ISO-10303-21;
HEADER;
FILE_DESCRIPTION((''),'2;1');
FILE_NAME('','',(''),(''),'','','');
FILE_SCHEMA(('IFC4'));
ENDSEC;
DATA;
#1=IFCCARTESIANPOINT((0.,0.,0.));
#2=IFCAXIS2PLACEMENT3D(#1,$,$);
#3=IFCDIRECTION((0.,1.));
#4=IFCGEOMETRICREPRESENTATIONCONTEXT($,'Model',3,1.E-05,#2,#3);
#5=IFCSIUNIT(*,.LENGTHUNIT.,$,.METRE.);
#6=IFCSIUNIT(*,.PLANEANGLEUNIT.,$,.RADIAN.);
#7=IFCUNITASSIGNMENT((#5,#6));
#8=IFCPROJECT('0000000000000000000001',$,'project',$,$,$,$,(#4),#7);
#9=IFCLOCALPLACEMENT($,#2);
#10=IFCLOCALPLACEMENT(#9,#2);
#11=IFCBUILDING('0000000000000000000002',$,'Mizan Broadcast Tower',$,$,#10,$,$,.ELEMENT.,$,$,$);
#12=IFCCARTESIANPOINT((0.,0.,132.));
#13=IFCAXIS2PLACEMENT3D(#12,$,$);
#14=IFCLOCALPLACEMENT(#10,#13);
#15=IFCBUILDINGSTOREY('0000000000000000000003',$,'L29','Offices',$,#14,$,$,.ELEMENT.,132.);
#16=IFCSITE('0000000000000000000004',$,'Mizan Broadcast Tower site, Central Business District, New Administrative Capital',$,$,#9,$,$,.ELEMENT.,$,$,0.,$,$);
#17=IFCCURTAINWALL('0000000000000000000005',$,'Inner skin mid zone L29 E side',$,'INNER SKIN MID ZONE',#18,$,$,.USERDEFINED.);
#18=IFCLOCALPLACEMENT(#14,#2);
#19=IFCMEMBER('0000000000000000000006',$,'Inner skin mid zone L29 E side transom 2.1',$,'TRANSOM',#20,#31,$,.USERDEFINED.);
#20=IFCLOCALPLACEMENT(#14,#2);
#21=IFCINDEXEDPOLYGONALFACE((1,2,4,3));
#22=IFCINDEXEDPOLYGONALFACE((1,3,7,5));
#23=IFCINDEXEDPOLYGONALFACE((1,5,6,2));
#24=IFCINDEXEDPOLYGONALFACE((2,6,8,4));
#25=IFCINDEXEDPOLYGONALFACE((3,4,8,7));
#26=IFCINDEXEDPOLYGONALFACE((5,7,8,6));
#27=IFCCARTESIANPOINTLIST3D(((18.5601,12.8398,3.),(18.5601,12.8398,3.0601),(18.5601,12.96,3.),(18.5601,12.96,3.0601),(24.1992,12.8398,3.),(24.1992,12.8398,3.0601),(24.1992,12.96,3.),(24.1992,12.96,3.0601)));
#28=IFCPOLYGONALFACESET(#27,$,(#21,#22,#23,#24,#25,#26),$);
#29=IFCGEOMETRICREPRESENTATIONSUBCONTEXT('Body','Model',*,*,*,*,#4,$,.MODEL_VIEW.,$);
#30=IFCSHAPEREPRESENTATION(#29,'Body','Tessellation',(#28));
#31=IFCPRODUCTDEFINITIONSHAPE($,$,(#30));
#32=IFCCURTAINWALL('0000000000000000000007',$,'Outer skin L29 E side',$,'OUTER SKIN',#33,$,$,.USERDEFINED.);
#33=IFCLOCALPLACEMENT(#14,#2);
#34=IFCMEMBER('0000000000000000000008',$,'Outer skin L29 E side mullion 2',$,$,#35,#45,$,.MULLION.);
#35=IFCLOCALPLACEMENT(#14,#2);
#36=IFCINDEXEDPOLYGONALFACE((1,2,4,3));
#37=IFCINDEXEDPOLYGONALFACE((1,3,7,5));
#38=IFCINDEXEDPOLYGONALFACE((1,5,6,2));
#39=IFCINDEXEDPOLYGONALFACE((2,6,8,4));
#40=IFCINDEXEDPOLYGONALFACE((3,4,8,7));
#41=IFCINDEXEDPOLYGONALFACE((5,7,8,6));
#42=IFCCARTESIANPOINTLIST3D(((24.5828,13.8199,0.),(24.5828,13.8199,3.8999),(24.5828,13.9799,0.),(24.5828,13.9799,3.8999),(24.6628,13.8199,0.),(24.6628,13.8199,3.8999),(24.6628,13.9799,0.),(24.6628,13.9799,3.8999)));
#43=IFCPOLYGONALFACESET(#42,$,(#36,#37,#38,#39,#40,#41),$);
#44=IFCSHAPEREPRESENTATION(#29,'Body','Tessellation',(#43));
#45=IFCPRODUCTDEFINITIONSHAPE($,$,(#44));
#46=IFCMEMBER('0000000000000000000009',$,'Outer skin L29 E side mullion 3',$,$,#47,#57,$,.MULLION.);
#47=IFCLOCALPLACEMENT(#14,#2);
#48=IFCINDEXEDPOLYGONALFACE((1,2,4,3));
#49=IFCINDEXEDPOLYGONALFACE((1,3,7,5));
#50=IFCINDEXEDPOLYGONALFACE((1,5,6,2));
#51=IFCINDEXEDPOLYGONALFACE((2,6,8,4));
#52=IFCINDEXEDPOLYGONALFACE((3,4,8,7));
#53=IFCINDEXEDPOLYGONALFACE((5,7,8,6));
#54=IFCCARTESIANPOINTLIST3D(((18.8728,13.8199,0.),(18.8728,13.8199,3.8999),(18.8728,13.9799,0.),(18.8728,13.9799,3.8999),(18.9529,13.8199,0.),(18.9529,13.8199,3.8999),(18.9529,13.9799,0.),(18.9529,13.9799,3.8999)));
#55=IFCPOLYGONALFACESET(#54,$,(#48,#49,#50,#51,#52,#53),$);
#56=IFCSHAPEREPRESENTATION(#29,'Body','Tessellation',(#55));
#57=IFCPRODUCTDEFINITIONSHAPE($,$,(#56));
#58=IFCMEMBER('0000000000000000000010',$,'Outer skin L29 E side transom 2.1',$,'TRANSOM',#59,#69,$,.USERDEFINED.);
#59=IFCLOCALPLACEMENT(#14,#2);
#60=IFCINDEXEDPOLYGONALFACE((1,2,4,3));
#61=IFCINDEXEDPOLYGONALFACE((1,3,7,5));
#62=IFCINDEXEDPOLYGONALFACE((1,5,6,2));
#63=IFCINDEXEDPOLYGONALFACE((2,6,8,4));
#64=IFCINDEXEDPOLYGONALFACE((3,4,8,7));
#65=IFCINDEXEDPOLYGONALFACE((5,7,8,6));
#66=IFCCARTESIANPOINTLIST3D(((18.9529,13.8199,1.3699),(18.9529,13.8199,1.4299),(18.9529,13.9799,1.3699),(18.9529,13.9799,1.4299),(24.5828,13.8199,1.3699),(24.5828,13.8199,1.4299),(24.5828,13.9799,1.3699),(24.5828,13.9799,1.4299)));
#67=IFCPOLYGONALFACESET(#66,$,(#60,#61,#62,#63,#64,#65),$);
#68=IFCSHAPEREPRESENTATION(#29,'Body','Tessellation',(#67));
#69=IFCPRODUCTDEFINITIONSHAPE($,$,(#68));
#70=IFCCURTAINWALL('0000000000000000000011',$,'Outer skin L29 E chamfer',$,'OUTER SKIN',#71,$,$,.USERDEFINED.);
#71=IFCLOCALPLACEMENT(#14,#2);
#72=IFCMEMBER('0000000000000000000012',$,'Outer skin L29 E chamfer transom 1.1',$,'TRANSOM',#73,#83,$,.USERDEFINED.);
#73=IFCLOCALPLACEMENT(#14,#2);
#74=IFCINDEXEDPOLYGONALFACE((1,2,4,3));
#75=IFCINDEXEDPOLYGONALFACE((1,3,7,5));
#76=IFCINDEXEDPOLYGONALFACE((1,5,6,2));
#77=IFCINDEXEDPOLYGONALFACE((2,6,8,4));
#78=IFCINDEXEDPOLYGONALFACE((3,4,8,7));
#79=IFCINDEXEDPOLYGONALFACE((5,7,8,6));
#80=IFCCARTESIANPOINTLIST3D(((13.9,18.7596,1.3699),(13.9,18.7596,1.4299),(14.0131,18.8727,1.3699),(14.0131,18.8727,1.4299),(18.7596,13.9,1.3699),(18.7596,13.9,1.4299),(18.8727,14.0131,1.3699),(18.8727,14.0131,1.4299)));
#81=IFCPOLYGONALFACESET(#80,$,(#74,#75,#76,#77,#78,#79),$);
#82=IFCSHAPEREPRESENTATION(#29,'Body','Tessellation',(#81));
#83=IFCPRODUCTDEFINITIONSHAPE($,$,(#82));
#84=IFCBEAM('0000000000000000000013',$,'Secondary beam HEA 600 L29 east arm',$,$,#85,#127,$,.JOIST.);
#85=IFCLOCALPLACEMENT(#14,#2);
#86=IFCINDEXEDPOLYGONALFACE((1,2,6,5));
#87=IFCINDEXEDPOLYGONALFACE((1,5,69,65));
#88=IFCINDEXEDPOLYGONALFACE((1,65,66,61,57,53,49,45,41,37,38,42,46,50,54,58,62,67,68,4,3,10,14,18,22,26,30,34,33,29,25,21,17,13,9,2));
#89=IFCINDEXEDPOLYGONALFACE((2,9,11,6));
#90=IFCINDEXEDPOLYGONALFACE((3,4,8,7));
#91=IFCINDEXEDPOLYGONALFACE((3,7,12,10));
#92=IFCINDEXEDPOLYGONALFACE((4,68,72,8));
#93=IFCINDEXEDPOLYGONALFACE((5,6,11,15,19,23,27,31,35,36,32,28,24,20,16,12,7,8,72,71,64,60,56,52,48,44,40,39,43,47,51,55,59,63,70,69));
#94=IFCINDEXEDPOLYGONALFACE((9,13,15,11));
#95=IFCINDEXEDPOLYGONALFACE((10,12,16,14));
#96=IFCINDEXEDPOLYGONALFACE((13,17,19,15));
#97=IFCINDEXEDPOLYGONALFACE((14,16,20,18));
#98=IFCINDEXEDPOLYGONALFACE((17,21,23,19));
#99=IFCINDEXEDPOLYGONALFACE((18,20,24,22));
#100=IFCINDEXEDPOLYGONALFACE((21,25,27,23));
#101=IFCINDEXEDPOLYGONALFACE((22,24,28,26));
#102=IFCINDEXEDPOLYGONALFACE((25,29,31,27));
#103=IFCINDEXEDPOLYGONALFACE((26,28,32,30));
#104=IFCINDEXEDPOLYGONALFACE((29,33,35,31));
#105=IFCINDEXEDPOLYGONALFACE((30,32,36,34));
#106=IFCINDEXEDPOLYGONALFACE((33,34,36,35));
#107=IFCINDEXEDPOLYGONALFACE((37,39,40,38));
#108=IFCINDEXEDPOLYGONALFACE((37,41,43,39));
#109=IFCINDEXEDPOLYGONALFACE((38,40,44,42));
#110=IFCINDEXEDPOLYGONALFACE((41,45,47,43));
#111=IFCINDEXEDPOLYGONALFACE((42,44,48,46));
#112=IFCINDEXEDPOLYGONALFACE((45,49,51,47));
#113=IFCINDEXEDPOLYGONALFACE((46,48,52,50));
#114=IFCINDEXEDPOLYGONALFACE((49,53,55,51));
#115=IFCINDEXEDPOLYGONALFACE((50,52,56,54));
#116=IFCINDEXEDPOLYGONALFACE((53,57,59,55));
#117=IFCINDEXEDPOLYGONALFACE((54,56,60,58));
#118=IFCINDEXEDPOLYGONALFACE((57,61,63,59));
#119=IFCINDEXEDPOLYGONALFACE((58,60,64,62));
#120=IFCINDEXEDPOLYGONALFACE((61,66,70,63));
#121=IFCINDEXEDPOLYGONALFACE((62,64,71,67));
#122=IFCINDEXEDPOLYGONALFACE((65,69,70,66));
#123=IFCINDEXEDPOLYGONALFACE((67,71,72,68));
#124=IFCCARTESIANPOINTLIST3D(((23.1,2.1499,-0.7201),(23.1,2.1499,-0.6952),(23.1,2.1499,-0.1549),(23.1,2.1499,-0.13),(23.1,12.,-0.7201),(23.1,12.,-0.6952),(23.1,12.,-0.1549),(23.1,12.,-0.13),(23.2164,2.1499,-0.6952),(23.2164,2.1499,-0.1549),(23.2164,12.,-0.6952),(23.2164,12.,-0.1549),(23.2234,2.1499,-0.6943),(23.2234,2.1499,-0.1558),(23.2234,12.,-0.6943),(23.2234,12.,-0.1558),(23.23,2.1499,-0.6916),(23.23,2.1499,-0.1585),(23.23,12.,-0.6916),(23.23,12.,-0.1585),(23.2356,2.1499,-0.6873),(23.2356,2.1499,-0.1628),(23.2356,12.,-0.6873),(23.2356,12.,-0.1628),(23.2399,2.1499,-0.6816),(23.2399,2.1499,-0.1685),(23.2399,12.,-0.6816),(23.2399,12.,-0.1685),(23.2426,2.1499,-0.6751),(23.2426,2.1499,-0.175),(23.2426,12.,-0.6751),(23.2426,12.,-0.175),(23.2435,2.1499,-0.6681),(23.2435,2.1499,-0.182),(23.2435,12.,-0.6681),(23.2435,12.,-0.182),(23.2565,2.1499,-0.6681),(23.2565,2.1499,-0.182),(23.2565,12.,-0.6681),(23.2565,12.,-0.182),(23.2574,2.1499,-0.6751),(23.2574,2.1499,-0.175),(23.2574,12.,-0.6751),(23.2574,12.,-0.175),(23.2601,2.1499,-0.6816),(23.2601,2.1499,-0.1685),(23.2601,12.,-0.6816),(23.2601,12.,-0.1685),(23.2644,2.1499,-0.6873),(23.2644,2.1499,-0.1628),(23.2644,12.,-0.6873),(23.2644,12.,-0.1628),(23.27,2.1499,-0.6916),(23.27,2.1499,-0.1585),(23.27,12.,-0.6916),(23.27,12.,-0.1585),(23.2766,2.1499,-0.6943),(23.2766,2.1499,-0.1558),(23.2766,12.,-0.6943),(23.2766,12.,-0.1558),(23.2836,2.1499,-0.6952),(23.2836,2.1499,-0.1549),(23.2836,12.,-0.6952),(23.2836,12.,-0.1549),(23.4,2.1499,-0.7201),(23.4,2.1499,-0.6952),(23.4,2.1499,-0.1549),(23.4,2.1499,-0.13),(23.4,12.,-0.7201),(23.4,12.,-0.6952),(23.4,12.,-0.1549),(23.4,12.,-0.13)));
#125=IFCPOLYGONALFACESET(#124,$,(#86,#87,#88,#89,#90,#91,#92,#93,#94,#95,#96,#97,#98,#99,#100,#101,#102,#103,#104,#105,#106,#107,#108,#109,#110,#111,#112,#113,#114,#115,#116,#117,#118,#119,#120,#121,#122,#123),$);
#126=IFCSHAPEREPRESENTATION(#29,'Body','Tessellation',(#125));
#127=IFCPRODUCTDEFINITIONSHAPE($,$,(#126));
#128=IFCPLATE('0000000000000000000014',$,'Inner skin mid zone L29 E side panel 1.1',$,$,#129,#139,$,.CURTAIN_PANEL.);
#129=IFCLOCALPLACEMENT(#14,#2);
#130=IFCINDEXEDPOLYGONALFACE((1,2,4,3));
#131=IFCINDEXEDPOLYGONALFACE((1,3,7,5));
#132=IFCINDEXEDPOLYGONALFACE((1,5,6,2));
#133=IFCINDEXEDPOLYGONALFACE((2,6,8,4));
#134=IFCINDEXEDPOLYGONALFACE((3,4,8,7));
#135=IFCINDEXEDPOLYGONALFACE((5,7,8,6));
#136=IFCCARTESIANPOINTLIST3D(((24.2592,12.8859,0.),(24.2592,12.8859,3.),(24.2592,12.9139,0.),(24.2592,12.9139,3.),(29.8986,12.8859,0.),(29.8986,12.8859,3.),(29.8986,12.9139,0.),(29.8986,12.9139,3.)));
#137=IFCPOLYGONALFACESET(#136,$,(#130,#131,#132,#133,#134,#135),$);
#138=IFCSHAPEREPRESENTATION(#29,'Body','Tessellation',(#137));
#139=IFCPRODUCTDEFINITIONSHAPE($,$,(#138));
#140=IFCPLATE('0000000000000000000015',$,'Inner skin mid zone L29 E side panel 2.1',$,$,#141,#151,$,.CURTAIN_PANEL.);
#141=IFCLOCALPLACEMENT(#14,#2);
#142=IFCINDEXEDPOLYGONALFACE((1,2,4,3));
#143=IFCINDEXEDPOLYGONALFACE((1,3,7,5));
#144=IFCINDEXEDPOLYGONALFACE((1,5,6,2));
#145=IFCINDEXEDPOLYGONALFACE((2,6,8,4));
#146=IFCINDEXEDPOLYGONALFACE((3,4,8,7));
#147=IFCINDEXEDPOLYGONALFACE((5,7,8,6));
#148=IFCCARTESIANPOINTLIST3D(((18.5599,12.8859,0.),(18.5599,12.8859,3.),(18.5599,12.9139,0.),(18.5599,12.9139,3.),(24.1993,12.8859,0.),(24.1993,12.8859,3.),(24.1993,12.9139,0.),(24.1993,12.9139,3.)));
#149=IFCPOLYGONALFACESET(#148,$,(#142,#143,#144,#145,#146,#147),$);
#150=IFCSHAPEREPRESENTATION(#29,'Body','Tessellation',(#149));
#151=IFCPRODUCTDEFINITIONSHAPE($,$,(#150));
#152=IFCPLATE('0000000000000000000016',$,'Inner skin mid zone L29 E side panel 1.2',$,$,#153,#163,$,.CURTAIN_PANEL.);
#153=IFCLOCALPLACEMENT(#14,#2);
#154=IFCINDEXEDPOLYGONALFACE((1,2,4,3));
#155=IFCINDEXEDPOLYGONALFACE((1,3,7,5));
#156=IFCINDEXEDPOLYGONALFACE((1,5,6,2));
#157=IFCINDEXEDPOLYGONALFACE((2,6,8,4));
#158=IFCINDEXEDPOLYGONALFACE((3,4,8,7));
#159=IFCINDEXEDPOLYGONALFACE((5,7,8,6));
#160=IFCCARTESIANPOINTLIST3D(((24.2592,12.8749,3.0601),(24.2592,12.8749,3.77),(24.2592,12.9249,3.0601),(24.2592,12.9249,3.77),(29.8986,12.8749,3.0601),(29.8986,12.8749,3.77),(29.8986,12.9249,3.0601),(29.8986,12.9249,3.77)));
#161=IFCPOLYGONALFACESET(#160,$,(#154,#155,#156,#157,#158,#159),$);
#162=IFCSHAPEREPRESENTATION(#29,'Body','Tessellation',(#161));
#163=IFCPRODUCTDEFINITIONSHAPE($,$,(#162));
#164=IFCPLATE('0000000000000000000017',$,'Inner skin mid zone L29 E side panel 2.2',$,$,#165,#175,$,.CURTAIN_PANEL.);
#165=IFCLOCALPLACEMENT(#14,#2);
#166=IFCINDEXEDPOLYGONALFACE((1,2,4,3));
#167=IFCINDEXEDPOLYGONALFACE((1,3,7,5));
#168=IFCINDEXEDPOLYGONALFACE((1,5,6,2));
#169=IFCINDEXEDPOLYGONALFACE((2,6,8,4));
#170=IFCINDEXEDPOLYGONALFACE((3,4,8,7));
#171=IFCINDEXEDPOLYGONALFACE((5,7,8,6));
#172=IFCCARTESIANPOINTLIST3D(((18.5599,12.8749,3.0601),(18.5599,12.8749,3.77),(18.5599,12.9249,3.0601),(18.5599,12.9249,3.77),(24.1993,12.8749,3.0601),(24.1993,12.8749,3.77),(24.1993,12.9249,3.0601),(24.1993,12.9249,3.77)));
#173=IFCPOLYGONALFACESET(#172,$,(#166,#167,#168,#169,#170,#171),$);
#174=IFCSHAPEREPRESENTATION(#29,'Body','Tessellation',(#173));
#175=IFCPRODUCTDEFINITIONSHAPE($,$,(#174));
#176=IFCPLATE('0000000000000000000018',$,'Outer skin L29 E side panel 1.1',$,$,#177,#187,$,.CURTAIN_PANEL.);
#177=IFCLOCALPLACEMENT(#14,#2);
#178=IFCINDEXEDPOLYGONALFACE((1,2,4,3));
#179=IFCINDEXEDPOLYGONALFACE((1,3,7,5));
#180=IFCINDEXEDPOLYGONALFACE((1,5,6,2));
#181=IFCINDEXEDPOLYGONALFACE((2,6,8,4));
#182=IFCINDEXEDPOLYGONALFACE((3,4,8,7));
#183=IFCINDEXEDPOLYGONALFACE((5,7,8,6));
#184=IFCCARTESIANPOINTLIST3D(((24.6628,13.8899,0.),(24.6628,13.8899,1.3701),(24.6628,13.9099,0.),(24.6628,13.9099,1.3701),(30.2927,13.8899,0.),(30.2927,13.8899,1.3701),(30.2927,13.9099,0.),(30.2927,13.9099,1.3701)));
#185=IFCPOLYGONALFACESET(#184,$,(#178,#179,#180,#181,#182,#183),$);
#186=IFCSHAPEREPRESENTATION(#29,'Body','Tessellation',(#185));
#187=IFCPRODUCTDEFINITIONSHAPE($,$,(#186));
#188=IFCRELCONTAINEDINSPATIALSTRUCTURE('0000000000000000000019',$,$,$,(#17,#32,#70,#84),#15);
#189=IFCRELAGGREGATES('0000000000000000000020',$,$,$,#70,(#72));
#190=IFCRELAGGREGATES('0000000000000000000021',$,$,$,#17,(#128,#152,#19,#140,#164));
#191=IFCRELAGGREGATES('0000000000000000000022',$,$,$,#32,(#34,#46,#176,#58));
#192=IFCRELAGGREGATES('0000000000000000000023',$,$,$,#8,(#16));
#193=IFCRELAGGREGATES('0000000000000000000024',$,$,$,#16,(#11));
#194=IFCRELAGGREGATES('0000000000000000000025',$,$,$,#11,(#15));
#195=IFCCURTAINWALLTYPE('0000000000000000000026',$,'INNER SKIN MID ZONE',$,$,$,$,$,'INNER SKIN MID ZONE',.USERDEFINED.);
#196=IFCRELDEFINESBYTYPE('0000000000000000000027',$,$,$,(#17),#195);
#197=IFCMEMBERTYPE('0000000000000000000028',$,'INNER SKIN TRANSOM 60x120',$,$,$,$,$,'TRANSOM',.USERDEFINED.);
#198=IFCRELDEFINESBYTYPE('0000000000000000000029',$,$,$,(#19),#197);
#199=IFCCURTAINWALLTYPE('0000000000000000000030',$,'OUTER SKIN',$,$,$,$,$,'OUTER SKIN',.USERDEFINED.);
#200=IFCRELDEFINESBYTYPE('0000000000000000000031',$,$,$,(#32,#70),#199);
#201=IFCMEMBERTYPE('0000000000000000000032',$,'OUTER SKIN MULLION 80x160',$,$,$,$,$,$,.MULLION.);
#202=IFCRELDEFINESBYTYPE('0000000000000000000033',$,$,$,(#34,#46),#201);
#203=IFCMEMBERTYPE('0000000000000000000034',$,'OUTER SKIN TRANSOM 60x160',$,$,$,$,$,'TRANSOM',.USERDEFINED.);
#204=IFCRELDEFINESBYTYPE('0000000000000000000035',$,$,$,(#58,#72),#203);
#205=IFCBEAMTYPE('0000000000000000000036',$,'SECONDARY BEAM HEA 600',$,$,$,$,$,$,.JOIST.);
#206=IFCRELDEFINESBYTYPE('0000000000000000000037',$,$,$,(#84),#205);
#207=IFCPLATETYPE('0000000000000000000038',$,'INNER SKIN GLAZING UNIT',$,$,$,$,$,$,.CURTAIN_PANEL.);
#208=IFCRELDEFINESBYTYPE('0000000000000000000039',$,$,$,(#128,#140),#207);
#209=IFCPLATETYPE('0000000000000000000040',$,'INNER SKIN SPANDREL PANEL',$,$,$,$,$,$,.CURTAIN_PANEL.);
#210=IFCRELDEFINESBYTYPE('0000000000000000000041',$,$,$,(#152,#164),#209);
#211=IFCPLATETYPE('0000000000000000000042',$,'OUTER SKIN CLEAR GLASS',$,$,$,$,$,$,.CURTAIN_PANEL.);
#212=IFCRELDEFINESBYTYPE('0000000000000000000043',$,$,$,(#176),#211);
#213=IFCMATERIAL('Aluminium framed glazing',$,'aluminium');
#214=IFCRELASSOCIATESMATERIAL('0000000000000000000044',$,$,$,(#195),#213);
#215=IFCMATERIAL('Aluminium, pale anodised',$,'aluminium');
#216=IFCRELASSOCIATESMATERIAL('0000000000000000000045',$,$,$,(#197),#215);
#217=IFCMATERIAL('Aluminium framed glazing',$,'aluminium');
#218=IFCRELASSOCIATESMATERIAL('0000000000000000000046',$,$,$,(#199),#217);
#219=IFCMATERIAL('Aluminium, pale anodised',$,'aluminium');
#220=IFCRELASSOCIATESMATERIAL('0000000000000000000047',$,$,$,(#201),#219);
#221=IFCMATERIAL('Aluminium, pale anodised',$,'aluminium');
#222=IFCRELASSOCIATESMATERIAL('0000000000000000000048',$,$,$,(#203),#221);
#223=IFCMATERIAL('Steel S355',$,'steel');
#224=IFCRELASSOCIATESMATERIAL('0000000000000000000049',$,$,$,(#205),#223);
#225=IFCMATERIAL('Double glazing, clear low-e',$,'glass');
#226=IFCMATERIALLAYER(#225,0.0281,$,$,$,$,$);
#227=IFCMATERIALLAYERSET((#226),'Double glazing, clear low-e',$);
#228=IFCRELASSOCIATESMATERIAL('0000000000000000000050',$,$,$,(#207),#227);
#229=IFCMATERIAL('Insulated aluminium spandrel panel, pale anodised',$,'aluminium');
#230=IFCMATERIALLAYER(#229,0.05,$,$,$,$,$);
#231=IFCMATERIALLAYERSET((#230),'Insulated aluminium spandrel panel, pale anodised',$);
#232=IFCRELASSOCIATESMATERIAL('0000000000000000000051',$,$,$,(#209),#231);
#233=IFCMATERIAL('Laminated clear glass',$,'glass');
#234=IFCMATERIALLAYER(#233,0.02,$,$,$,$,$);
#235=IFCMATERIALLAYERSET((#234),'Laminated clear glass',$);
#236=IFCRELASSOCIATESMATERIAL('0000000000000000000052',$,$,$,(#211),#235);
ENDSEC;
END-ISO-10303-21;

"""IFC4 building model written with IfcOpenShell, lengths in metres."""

from ifc_helpers import new_model, si_unit, direction, frame, origin, origin_2d, place, context, subcontext, project, spatial, rectangle, i_section, extrude, material, layer, layer_set, material_profile, profile_set, type_object, element, aggregate, save


model = new_model("IFC4")

# Units and contexts
model_context = context("Model", 3, precision=1e-05, world=origin(), true_north=direction((0.0, 1.0)))
body_context = subcontext(model_context, "Body", "Model", "MODEL_VIEW")
ifc_project = project(units=[si_unit("LENGTHUNIT", "METRE"), si_unit("PLANEANGLEUNIT", "RADIAN")], contexts=[model_context])

# Site, building, storey
site_placement = place(None, origin())
site = spatial("IfcSite", under=ifc_project, at=site_placement, Name="Mizan Broadcast Tower site, Central Business District, New Administrative Capital", CompositionType="ELEMENT", RefElevation=0.0)
building_placement = place(site_placement, origin())
building = spatial("IfcBuilding", under=site, at=building_placement, Name="Mizan Broadcast Tower", CompositionType="ELEMENT")
storey_placement = place(building_placement, frame((0.0, 0.0, 132.0)))
storey = spatial("IfcBuildingStorey", under=building, at=storey_placement, Name="L29", Description="Offices", CompositionType="ELEMENT", Elevation=132.0)

# Curtain walls, members
ifc_material_1 = material(Name="Aluminium framed glazing", Category="aluminium")
curtain_wall_type_1 = type_object("IfcCurtainWallType", Name="INNER SKIN MID ZONE", ElementType="INNER SKIN MID ZONE", PredefinedType="USERDEFINED", material=ifc_material_1)
curtain_wall_1_placement = place(storey_placement, origin())
curtain_wall_1 = element("IfcCurtainWall", 1, at=curtain_wall_1_placement, inside=storey, type_object=curtain_wall_type_1, Name="Inner skin mid zone L29 E side", ObjectType="INNER SKIN MID ZONE", PredefinedType="USERDEFINED")
ifc_material_2 = material(Name="Aluminium, pale anodised", Category="aluminium")
ifc_material_profile_1 = material_profile(ifc_material_2, rectangle(XDim=0.1201, YDim=0.0601, at=origin_2d()), Name="TRANSOM 120x60")
ifc_profile_set_1 = profile_set([ifc_material_profile_1], Name="Aluminium, pale anodised")
member_type_1 = type_object("IfcMemberType", Name="INNER SKIN TRANSOM 60x120", ElementType="TRANSOM", PredefinedType="USERDEFINED", material=ifc_profile_set_1)
member_1_placement = place(storey_placement, frame((24.1992, 12.8999, 3.03), z_axis=(-1.0, 0.0, 0.0), x_axis=(0.0, -1.0, 0.0)))
member_1 = element("IfcMember", 2, at=member_1_placement, type_object=member_type_1, Name="Inner skin mid zone L29 E side transom 2.1", ObjectType="TRANSOM", PredefinedType="USERDEFINED", context=body_context, shape_type="SweptSolid", body=[
    extrude(rectangle(XDim=0.1201, YDim=0.0601, at=origin_2d()), origin(), (0.0, 0.0, 1.0), 5.6392),
])
ifc_material_3 = material(Name="Aluminium framed glazing", Category="aluminium")
curtain_wall_type_2 = type_object("IfcCurtainWallType", Name="OUTER SKIN", ElementType="OUTER SKIN", PredefinedType="USERDEFINED", material=ifc_material_3)
curtain_wall_2_placement = place(storey_placement, origin())
curtain_wall_2 = element("IfcCurtainWall", 3, at=curtain_wall_2_placement, inside=storey, type_object=curtain_wall_type_2, Name="Outer skin L29 E side", ObjectType="OUTER SKIN", PredefinedType="USERDEFINED")
ifc_material_4 = material(Name="Aluminium, pale anodised", Category="aluminium")
ifc_material_profile_2 = material_profile(ifc_material_4, rectangle(XDim=0.1599, YDim=0.0801, at=origin_2d()), Name="MULLION 160x80")
ifc_profile_set_2 = profile_set([ifc_material_profile_2], Name="Aluminium, pale anodised")
member_type_2 = type_object("IfcMemberType", Name="OUTER SKIN MULLION 80x160", PredefinedType="MULLION", material=ifc_profile_set_2)
member_2_placement = place(storey_placement, frame((24.6228, 13.8999, 0.0), z_axis=(0.0, 0.0, 1.0), x_axis=(0.0, -1.0, 0.0)))
member_2 = element("IfcMember", 4, at=member_2_placement, type_object=member_type_2, Name="Outer skin L29 E side mullion 2", PredefinedType="MULLION", context=body_context, shape_type="SweptSolid", body=[
    extrude(rectangle(XDim=0.1599, YDim=0.0801, at=origin_2d()), origin(), (0.0, 0.0, 1.0), 3.8999),
])
member_3_placement = place(storey_placement, frame((18.9128, 13.8999, 0.0), z_axis=(0.0, 0.0, 1.0), x_axis=(0.0, -1.0, 0.0)))
member_3 = element("IfcMember", 5, at=member_3_placement, type_object=member_type_2, Name="Outer skin L29 E side mullion 3", PredefinedType="MULLION", context=body_context, shape_type="SweptSolid", body=[
    extrude(rectangle(XDim=0.1599, YDim=0.0801, at=origin_2d()), origin(), (0.0, 0.0, 1.0), 3.8999),
])
ifc_material_5 = material(Name="Aluminium, pale anodised", Category="aluminium")
ifc_material_profile_3 = material_profile(ifc_material_5, rectangle(XDim=0.1599, YDim=0.0601, at=origin_2d()), Name="TRANSOM 160x60")
ifc_profile_set_3 = profile_set([ifc_material_profile_3], Name="Aluminium, pale anodised")
member_type_3 = type_object("IfcMemberType", Name="OUTER SKIN TRANSOM 60x160", ElementType="TRANSOM", PredefinedType="USERDEFINED", material=ifc_profile_set_3)
member_4_placement = place(storey_placement, frame((24.5828, 13.8999, 1.3999), z_axis=(-1.0, 0.0, 0.0), x_axis=(0.0, -1.0, 0.0)))
member_4 = element("IfcMember", 6, at=member_4_placement, type_object=member_type_3, Name="Outer skin L29 E side transom 2.1", ObjectType="TRANSOM", PredefinedType="USERDEFINED", context=body_context, shape_type="SweptSolid", body=[
    extrude(rectangle(XDim=0.1599, YDim=0.0601, at=origin_2d()), origin(), (0.0, 0.0, 1.0), 5.6299),
])

# Curtain wall, member
curtain_wall_3_placement = place(storey_placement, origin())
curtain_wall_3 = element("IfcCurtainWall", 7, at=curtain_wall_3_placement, inside=storey, type_object=curtain_wall_type_2, Name="Outer skin L29 E chamfer", ObjectType="OUTER SKIN", PredefinedType="USERDEFINED")
member_5_placement = place(storey_placement, frame((18.8162, 13.9565, 1.3999), z_axis=(-0.707107, 0.707107, 0.0), x_axis=(-0.707107, -0.707107, 0.0)))
member_5 = element("IfcMember", 8, at=member_5_placement, type_object=member_type_3, Name="Outer skin L29 E chamfer transom 1.1", ObjectType="TRANSOM", PredefinedType="USERDEFINED", context=body_context, shape_type="SweptSolid", body=[
    extrude(rectangle(XDim=0.1599, YDim=0.0601, at=origin_2d()), origin(), (0.0, 0.0, 1.0), 6.8726),
])
aggregate(curtain_wall_3, [member_5])

# Beam
ifc_material_6 = material(Name="Steel S355", Category="steel")
ifc_material_profile_4 = material_profile(ifc_material_6, i_section(OverallWidth=0.3, OverallDepth=0.5901, WebThickness=0.0129, FlangeThickness=0.0249, FilletRadius=0.0271, at=origin_2d()), Name="HEA 600")
ifc_profile_set_4 = profile_set([ifc_material_profile_4], Name="Steel S355")
beam_type_1 = type_object("IfcBeamType", Name="SECONDARY BEAM HEA 600", PredefinedType="JOIST", material=ifc_profile_set_4)
beam_1_placement = place(storey_placement, frame((23.25, 12.0, -0.425), z_axis=(0.0, -1.0, 0.0), x_axis=(1.0, 0.0, 0.0)))
element("IfcBeam", 9, at=beam_1_placement, inside=storey, type_object=beam_type_1, Name="Secondary beam HEA 600 L29 east arm", PredefinedType="JOIST", context=body_context, shape_type="SweptSolid", body=[
    extrude(i_section(OverallWidth=0.3, OverallDepth=0.5901, WebThickness=0.0129, FlangeThickness=0.0249, FilletRadius=0.0271, at=origin_2d()), origin(), (0.0, 0.0, 1.0), 9.8501),
])

# Plates
ifc_material_7 = material(Name="Double glazing, clear low-e", Category="glass")
ifc_layer_1 = layer(ifc_material_7, 0.0281)
ifc_layer_set_1 = layer_set([ifc_layer_1], Name="Double glazing, clear low-e")
plate_type_1 = type_object("IfcPlateType", Name="INNER SKIN GLAZING UNIT", PredefinedType="CURTAIN_PANEL", material=ifc_layer_set_1)
plate_1_placement = place(storey_placement, frame((27.0789, 12.8999, 0.0), z_axis=(0.0, 0.0, 1.0), x_axis=(-1.0, 0.0, 0.0)))
plate_1 = element("IfcPlate", 10, at=plate_1_placement, type_object=plate_type_1, Name="Inner skin mid zone L29 E side panel 1.1", PredefinedType="CURTAIN_PANEL", context=body_context, shape_type="SweptSolid", body=[
    extrude(rectangle(XDim=5.6394, YDim=0.0281, at=origin_2d()), origin(), (0.0, 0.0, 1.0), 3.0),
])
plate_2_placement = place(storey_placement, frame((21.3796, 12.8999, 0.0), z_axis=(0.0, 0.0, 1.0), x_axis=(-1.0, 0.0, 0.0)))
plate_2 = element("IfcPlate", 11, at=plate_2_placement, type_object=plate_type_1, Name="Inner skin mid zone L29 E side panel 2.1", PredefinedType="CURTAIN_PANEL", context=body_context, shape_type="SweptSolid", body=[
    extrude(rectangle(XDim=5.6394, YDim=0.0281, at=origin_2d()), origin(), (0.0, 0.0, 1.0), 3.0),
])
ifc_material_8 = material(Name="Insulated aluminium spandrel panel, pale anodised", Category="aluminium")
ifc_layer_2 = layer(ifc_material_8, 0.05)
ifc_layer_set_2 = layer_set([ifc_layer_2], Name="Insulated aluminium spandrel panel, pale anodised")
plate_type_2 = type_object("IfcPlateType", Name="INNER SKIN SPANDREL PANEL", PredefinedType="CURTAIN_PANEL", material=ifc_layer_set_2)
plate_3_placement = place(storey_placement, frame((27.0789, 12.8999, 3.0601), z_axis=(0.0, 0.0, 1.0), x_axis=(-1.0, 0.0, 0.0)))
plate_3 = element("IfcPlate", 12, at=plate_3_placement, type_object=plate_type_2, Name="Inner skin mid zone L29 E side panel 1.2", PredefinedType="CURTAIN_PANEL", context=body_context, shape_type="SweptSolid", body=[
    extrude(rectangle(XDim=5.6394, YDim=0.05, at=origin_2d()), origin(), (0.0, 0.0, 1.0), 0.71),
])
plate_4_placement = place(storey_placement, frame((21.3796, 12.8999, 3.0601), z_axis=(0.0, 0.0, 1.0), x_axis=(-1.0, 0.0, 0.0)))
plate_4 = element("IfcPlate", 13, at=plate_4_placement, type_object=plate_type_2, Name="Inner skin mid zone L29 E side panel 2.2", PredefinedType="CURTAIN_PANEL", context=body_context, shape_type="SweptSolid", body=[
    extrude(rectangle(XDim=5.6394, YDim=0.05, at=origin_2d()), origin(), (0.0, 0.0, 1.0), 0.71),
])
aggregate(curtain_wall_1, [plate_1, plate_3, member_1, plate_2, plate_4])
ifc_material_9 = material(Name="Laminated clear glass", Category="glass")
ifc_layer_3 = layer(ifc_material_9, 0.02)
ifc_layer_set_3 = layer_set([ifc_layer_3], Name="Laminated clear glass")
plate_type_3 = type_object("IfcPlateType", Name="OUTER SKIN CLEAR GLASS", PredefinedType="CURTAIN_PANEL", material=ifc_layer_set_3)
plate_5_placement = place(storey_placement, frame((27.4778, 13.8999, 0.0), z_axis=(0.0, 0.0, 1.0), x_axis=(-1.0, 0.0, 0.0)))
plate_5 = element("IfcPlate", 14, at=plate_5_placement, type_object=plate_type_3, Name="Outer skin L29 E side panel 1.1", PredefinedType="CURTAIN_PANEL", context=body_context, shape_type="SweptSolid", body=[
    extrude(rectangle(XDim=5.6299, YDim=0.02, at=origin_2d()), origin(), (0.0, 0.0, 1.0), 1.3701),
])
aggregate(curtain_wall_2, [member_2, member_3, plate_5, member_4])

save(model, "model.ifc")
